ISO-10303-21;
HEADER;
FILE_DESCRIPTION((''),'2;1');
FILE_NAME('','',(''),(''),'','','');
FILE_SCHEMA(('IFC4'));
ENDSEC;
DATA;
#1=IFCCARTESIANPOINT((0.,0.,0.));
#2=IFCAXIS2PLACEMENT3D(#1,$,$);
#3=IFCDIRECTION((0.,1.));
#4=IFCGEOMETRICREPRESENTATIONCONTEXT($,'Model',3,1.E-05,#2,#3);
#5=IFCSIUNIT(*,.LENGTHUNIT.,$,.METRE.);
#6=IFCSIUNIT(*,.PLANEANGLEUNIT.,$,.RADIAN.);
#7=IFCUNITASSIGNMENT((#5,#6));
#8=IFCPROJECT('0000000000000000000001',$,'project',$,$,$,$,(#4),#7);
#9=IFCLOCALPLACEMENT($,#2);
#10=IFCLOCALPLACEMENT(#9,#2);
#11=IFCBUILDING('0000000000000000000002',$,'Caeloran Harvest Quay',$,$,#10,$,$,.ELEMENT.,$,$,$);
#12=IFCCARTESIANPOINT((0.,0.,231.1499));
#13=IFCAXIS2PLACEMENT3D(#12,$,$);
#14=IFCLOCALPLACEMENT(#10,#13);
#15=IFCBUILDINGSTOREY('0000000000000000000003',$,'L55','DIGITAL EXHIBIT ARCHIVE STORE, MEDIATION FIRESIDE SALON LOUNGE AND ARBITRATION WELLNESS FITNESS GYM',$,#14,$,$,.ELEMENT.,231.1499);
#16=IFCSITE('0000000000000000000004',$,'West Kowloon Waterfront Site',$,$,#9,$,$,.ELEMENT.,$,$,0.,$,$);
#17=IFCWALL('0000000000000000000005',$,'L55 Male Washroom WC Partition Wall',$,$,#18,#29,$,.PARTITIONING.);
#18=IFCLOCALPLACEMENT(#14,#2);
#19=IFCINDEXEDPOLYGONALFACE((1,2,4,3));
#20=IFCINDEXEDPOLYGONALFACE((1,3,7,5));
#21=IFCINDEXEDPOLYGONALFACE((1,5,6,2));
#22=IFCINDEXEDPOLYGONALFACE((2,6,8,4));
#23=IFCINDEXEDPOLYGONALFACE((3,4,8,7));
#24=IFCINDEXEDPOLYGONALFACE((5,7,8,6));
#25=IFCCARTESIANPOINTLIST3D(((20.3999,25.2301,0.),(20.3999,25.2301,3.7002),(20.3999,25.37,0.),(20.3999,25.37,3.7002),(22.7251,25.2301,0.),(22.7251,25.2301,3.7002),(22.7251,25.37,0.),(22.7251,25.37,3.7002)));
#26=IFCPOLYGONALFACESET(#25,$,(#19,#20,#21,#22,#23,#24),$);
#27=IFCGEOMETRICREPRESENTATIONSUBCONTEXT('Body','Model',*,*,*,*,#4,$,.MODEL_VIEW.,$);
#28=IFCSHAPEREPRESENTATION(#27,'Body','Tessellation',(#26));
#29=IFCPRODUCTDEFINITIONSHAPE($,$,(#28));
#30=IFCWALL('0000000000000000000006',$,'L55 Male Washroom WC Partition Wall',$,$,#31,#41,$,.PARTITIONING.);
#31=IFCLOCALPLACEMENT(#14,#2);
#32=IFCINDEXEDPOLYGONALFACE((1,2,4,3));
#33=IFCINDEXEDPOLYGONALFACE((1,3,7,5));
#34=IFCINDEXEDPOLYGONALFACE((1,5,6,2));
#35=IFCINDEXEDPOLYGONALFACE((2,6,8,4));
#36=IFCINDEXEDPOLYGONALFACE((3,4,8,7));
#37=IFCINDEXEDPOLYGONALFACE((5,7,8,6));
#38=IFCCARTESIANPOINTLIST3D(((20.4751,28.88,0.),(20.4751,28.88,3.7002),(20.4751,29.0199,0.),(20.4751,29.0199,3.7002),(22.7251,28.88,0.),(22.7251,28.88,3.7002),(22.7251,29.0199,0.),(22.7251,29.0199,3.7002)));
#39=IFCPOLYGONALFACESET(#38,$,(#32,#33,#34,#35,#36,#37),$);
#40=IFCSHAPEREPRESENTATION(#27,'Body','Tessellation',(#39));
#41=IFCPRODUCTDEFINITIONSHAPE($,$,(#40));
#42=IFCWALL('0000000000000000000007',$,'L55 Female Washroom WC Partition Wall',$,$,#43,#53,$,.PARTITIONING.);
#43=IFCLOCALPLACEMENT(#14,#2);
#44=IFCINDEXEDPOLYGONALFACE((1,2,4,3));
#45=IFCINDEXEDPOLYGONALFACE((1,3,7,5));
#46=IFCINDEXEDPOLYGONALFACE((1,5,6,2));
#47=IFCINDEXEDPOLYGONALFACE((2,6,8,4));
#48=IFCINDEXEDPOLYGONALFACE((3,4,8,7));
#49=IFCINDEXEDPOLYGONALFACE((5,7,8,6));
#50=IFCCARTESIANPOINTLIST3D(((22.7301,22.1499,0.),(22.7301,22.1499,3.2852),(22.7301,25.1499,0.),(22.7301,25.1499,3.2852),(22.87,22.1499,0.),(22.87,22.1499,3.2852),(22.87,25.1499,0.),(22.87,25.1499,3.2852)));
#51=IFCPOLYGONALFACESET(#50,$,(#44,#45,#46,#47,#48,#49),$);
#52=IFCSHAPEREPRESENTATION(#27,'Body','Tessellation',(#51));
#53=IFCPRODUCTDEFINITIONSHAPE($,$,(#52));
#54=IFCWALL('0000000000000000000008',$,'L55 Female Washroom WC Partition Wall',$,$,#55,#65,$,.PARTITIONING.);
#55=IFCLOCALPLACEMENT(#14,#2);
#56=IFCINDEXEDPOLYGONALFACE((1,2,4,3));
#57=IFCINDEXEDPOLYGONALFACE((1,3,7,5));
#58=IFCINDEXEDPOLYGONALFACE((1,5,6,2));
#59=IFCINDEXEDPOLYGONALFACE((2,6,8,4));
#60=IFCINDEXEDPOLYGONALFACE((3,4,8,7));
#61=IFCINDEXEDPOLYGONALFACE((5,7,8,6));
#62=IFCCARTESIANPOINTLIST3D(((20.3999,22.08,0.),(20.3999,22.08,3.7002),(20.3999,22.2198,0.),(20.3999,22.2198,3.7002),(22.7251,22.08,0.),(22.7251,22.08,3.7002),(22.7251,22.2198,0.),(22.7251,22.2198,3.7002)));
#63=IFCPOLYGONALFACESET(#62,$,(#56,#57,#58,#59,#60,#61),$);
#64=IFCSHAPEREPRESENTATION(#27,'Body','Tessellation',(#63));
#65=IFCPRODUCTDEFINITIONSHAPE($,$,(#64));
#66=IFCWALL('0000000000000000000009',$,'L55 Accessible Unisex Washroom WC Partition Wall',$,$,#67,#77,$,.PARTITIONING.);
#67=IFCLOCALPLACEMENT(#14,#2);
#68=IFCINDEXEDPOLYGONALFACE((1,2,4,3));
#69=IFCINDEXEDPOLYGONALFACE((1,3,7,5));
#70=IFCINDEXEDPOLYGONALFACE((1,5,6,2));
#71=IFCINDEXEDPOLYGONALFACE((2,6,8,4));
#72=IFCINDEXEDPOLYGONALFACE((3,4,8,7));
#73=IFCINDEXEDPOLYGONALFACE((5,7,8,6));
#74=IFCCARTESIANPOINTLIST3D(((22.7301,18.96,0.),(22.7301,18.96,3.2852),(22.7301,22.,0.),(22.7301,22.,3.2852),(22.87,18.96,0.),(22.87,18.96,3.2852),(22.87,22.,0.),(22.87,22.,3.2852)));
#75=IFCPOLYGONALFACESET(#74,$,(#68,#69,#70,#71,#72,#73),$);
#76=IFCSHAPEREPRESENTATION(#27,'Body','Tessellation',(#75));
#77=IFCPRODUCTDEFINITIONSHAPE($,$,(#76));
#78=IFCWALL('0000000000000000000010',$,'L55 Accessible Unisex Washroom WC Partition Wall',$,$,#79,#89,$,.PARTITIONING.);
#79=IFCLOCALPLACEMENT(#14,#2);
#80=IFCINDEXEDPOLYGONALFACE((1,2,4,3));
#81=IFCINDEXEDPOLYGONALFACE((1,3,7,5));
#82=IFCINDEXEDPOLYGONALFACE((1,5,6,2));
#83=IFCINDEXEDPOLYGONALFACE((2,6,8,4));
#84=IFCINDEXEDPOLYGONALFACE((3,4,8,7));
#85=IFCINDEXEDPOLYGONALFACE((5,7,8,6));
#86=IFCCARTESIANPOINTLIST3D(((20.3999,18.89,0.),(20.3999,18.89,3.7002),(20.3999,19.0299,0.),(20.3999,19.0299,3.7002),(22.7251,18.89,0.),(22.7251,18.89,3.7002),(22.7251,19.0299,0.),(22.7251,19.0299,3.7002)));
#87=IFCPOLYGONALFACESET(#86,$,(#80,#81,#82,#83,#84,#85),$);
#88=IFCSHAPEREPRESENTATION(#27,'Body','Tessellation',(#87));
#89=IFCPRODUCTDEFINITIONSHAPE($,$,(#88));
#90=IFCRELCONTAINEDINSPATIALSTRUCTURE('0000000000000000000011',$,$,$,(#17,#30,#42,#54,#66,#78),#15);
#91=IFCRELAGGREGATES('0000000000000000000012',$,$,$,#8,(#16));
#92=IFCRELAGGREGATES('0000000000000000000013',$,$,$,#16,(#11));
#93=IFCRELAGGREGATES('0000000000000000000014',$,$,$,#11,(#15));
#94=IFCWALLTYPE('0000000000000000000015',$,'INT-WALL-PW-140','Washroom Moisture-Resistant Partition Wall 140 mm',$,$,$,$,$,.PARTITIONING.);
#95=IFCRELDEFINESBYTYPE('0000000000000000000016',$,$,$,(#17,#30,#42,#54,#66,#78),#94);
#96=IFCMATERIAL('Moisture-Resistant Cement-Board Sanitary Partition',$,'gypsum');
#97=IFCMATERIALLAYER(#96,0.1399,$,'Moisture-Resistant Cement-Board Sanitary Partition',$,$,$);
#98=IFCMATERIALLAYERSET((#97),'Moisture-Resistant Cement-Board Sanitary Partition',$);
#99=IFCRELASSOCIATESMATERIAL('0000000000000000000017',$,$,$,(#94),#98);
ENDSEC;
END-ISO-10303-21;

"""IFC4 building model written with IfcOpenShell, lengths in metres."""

from ifc_helpers import new_model, si_unit, direction, frame, frame_2d, origin, place, context, subcontext, project, spatial, rectangle, extrude, material, layer, layer_set, type_object, element, save


model = new_model("IFC4")

# Units and contexts
model_context = context("Model", 3, precision=1e-05, world=origin(), true_north=direction((0.0, 1.0)))
body_context = subcontext(model_context, "Body", "Model", "MODEL_VIEW")
ifc_project = project(units=[si_unit("LENGTHUNIT", "METRE"), si_unit("PLANEANGLEUNIT", "RADIAN")], contexts=[model_context])

# Site, building, storey
site_placement = place(None, origin())
site = spatial("IfcSite", under=ifc_project, at=site_placement, Name="West Kowloon Waterfront Site", CompositionType="ELEMENT", RefElevation=0.0)
building_placement = place(site_placement, origin())
building = spatial("IfcBuilding", under=site, at=building_placement, Name="Caeloran Harvest Quay", CompositionType="ELEMENT")
storey_placement = place(building_placement, frame((0.0, 0.0, 231.1499)))
storey = spatial("IfcBuildingStorey", under=building, at=storey_placement, Name="L55", Description="DIGITAL EXHIBIT ARCHIVE STORE, MEDIATION FIRESIDE SALON LOUNGE AND ARBITRATION WELLNESS FITNESS GYM", CompositionType="ELEMENT", Elevation=231.1499)

# Walls
ifc_material_1 = material(Name="Moisture-Resistant Cement-Board Sanitary Partition", Category="gypsum")
ifc_layer_1 = layer(ifc_material_1, 0.1399, Name="Moisture-Resistant Cement-Board Sanitary Partition")
ifc_layer_set_1 = layer_set([ifc_layer_1], Name="Moisture-Resistant Cement-Board Sanitary Partition")
wall_type_1 = type_object("IfcWallType", Name="INT-WALL-PW-140", Description="Washroom Moisture-Resistant Partition Wall 140 mm", PredefinedType="PARTITIONING", material=ifc_layer_set_1)
wall_1_placement = place(storey_placement, frame((22.7251, 25.3, 0.0), z_axis=(0.0, 0.0, 1.0), x_axis=(-1.0, 0.0, 0.0)))
element("IfcWall", 1, at=wall_1_placement, inside=storey, type_object=wall_type_1, Name="L55 Male Washroom WC Partition Wall", PredefinedType="PARTITIONING", context=body_context, shape_type="SweptSolid", body=[
    extrude(rectangle(XDim=2.3252, YDim=0.1399, at=frame_2d((1.1626, 0.0))), origin(), (0.0, 0.0, 1.0), 3.7002),
])
wall_2_placement = place(storey_placement, frame((20.4751, 28.95, 0.0), z_axis=(0.0, 0.0, 1.0), x_axis=(1.0, 0.0, 0.0)))
element("IfcWall", 2, at=wall_2_placement, inside=storey, type_object=wall_type_1, Name="L55 Male Washroom WC Partition Wall", PredefinedType="PARTITIONING", context=body_context, shape_type="SweptSolid", body=[
    extrude(rectangle(XDim=2.25, YDim=0.1399, at=frame_2d((1.125, 0.0))), origin(), (0.0, 0.0, 1.0), 3.7002),
])
wall_3_placement = place(storey_placement, frame((22.8, 25.1499, 0.0), z_axis=(0.0, 0.0, 1.0), x_axis=(0.0, -1.0, 0.0)))
element("IfcWall", 3, at=wall_3_placement, inside=storey, type_object=wall_type_1, Name="L55 Female Washroom WC Partition Wall", PredefinedType="PARTITIONING", context=body_context, shape_type="SweptSolid", body=[
    extrude(rectangle(XDim=3.0, YDim=0.1399, at=frame_2d((1.5, 0.0))), origin(), (0.0, 0.0, 1.0), 3.2852),
])
wall_4_placement = place(storey_placement, frame((22.7251, 22.1499, 0.0), z_axis=(0.0, 0.0, 1.0), x_axis=(-1.0, 0.0, 0.0)))
element("IfcWall", 4, at=wall_4_placement, inside=storey, type_object=wall_type_1, Name="L55 Female Washroom WC Partition Wall", PredefinedType="PARTITIONING", context=body_context, shape_type="SweptSolid", body=[
    extrude(rectangle(XDim=2.3252, YDim=0.1399, at=frame_2d((1.1626, 0.0))), origin(), (0.0, 0.0, 1.0), 3.7002),
])
wall_5_placement = place(storey_placement, frame((22.8, 22.0, 0.0), z_axis=(0.0, 0.0, 1.0), x_axis=(0.0, -1.0, 0.0)))
element("IfcWall", 5, at=wall_5_placement, inside=storey, type_object=wall_type_1, Name="L55 Accessible Unisex Washroom WC Partition Wall", PredefinedType="PARTITIONING", context=body_context, shape_type="SweptSolid", body=[
    extrude(rectangle(XDim=3.04, YDim=0.1399, at=frame_2d((1.52, 0.0))), origin(), (0.0, 0.0, 1.0), 3.2852),
])
wall_6_placement = place(storey_placement, frame((22.7251, 18.96, 0.0), z_axis=(0.0, 0.0, 1.0), x_axis=(-1.0, 0.0, 0.0)))
element("IfcWall", 6, at=wall_6_placement, inside=storey, type_object=wall_type_1, Name="L55 Accessible Unisex Washroom WC Partition Wall", PredefinedType="PARTITIONING", context=body_context, shape_type="SweptSolid", body=[
    extrude(rectangle(XDim=2.3252, YDim=0.1399, at=frame_2d((1.1626, 0.0))), origin(), (0.0, 0.0, 1.0), 3.7002),
])

save(model, "model.ifc")
